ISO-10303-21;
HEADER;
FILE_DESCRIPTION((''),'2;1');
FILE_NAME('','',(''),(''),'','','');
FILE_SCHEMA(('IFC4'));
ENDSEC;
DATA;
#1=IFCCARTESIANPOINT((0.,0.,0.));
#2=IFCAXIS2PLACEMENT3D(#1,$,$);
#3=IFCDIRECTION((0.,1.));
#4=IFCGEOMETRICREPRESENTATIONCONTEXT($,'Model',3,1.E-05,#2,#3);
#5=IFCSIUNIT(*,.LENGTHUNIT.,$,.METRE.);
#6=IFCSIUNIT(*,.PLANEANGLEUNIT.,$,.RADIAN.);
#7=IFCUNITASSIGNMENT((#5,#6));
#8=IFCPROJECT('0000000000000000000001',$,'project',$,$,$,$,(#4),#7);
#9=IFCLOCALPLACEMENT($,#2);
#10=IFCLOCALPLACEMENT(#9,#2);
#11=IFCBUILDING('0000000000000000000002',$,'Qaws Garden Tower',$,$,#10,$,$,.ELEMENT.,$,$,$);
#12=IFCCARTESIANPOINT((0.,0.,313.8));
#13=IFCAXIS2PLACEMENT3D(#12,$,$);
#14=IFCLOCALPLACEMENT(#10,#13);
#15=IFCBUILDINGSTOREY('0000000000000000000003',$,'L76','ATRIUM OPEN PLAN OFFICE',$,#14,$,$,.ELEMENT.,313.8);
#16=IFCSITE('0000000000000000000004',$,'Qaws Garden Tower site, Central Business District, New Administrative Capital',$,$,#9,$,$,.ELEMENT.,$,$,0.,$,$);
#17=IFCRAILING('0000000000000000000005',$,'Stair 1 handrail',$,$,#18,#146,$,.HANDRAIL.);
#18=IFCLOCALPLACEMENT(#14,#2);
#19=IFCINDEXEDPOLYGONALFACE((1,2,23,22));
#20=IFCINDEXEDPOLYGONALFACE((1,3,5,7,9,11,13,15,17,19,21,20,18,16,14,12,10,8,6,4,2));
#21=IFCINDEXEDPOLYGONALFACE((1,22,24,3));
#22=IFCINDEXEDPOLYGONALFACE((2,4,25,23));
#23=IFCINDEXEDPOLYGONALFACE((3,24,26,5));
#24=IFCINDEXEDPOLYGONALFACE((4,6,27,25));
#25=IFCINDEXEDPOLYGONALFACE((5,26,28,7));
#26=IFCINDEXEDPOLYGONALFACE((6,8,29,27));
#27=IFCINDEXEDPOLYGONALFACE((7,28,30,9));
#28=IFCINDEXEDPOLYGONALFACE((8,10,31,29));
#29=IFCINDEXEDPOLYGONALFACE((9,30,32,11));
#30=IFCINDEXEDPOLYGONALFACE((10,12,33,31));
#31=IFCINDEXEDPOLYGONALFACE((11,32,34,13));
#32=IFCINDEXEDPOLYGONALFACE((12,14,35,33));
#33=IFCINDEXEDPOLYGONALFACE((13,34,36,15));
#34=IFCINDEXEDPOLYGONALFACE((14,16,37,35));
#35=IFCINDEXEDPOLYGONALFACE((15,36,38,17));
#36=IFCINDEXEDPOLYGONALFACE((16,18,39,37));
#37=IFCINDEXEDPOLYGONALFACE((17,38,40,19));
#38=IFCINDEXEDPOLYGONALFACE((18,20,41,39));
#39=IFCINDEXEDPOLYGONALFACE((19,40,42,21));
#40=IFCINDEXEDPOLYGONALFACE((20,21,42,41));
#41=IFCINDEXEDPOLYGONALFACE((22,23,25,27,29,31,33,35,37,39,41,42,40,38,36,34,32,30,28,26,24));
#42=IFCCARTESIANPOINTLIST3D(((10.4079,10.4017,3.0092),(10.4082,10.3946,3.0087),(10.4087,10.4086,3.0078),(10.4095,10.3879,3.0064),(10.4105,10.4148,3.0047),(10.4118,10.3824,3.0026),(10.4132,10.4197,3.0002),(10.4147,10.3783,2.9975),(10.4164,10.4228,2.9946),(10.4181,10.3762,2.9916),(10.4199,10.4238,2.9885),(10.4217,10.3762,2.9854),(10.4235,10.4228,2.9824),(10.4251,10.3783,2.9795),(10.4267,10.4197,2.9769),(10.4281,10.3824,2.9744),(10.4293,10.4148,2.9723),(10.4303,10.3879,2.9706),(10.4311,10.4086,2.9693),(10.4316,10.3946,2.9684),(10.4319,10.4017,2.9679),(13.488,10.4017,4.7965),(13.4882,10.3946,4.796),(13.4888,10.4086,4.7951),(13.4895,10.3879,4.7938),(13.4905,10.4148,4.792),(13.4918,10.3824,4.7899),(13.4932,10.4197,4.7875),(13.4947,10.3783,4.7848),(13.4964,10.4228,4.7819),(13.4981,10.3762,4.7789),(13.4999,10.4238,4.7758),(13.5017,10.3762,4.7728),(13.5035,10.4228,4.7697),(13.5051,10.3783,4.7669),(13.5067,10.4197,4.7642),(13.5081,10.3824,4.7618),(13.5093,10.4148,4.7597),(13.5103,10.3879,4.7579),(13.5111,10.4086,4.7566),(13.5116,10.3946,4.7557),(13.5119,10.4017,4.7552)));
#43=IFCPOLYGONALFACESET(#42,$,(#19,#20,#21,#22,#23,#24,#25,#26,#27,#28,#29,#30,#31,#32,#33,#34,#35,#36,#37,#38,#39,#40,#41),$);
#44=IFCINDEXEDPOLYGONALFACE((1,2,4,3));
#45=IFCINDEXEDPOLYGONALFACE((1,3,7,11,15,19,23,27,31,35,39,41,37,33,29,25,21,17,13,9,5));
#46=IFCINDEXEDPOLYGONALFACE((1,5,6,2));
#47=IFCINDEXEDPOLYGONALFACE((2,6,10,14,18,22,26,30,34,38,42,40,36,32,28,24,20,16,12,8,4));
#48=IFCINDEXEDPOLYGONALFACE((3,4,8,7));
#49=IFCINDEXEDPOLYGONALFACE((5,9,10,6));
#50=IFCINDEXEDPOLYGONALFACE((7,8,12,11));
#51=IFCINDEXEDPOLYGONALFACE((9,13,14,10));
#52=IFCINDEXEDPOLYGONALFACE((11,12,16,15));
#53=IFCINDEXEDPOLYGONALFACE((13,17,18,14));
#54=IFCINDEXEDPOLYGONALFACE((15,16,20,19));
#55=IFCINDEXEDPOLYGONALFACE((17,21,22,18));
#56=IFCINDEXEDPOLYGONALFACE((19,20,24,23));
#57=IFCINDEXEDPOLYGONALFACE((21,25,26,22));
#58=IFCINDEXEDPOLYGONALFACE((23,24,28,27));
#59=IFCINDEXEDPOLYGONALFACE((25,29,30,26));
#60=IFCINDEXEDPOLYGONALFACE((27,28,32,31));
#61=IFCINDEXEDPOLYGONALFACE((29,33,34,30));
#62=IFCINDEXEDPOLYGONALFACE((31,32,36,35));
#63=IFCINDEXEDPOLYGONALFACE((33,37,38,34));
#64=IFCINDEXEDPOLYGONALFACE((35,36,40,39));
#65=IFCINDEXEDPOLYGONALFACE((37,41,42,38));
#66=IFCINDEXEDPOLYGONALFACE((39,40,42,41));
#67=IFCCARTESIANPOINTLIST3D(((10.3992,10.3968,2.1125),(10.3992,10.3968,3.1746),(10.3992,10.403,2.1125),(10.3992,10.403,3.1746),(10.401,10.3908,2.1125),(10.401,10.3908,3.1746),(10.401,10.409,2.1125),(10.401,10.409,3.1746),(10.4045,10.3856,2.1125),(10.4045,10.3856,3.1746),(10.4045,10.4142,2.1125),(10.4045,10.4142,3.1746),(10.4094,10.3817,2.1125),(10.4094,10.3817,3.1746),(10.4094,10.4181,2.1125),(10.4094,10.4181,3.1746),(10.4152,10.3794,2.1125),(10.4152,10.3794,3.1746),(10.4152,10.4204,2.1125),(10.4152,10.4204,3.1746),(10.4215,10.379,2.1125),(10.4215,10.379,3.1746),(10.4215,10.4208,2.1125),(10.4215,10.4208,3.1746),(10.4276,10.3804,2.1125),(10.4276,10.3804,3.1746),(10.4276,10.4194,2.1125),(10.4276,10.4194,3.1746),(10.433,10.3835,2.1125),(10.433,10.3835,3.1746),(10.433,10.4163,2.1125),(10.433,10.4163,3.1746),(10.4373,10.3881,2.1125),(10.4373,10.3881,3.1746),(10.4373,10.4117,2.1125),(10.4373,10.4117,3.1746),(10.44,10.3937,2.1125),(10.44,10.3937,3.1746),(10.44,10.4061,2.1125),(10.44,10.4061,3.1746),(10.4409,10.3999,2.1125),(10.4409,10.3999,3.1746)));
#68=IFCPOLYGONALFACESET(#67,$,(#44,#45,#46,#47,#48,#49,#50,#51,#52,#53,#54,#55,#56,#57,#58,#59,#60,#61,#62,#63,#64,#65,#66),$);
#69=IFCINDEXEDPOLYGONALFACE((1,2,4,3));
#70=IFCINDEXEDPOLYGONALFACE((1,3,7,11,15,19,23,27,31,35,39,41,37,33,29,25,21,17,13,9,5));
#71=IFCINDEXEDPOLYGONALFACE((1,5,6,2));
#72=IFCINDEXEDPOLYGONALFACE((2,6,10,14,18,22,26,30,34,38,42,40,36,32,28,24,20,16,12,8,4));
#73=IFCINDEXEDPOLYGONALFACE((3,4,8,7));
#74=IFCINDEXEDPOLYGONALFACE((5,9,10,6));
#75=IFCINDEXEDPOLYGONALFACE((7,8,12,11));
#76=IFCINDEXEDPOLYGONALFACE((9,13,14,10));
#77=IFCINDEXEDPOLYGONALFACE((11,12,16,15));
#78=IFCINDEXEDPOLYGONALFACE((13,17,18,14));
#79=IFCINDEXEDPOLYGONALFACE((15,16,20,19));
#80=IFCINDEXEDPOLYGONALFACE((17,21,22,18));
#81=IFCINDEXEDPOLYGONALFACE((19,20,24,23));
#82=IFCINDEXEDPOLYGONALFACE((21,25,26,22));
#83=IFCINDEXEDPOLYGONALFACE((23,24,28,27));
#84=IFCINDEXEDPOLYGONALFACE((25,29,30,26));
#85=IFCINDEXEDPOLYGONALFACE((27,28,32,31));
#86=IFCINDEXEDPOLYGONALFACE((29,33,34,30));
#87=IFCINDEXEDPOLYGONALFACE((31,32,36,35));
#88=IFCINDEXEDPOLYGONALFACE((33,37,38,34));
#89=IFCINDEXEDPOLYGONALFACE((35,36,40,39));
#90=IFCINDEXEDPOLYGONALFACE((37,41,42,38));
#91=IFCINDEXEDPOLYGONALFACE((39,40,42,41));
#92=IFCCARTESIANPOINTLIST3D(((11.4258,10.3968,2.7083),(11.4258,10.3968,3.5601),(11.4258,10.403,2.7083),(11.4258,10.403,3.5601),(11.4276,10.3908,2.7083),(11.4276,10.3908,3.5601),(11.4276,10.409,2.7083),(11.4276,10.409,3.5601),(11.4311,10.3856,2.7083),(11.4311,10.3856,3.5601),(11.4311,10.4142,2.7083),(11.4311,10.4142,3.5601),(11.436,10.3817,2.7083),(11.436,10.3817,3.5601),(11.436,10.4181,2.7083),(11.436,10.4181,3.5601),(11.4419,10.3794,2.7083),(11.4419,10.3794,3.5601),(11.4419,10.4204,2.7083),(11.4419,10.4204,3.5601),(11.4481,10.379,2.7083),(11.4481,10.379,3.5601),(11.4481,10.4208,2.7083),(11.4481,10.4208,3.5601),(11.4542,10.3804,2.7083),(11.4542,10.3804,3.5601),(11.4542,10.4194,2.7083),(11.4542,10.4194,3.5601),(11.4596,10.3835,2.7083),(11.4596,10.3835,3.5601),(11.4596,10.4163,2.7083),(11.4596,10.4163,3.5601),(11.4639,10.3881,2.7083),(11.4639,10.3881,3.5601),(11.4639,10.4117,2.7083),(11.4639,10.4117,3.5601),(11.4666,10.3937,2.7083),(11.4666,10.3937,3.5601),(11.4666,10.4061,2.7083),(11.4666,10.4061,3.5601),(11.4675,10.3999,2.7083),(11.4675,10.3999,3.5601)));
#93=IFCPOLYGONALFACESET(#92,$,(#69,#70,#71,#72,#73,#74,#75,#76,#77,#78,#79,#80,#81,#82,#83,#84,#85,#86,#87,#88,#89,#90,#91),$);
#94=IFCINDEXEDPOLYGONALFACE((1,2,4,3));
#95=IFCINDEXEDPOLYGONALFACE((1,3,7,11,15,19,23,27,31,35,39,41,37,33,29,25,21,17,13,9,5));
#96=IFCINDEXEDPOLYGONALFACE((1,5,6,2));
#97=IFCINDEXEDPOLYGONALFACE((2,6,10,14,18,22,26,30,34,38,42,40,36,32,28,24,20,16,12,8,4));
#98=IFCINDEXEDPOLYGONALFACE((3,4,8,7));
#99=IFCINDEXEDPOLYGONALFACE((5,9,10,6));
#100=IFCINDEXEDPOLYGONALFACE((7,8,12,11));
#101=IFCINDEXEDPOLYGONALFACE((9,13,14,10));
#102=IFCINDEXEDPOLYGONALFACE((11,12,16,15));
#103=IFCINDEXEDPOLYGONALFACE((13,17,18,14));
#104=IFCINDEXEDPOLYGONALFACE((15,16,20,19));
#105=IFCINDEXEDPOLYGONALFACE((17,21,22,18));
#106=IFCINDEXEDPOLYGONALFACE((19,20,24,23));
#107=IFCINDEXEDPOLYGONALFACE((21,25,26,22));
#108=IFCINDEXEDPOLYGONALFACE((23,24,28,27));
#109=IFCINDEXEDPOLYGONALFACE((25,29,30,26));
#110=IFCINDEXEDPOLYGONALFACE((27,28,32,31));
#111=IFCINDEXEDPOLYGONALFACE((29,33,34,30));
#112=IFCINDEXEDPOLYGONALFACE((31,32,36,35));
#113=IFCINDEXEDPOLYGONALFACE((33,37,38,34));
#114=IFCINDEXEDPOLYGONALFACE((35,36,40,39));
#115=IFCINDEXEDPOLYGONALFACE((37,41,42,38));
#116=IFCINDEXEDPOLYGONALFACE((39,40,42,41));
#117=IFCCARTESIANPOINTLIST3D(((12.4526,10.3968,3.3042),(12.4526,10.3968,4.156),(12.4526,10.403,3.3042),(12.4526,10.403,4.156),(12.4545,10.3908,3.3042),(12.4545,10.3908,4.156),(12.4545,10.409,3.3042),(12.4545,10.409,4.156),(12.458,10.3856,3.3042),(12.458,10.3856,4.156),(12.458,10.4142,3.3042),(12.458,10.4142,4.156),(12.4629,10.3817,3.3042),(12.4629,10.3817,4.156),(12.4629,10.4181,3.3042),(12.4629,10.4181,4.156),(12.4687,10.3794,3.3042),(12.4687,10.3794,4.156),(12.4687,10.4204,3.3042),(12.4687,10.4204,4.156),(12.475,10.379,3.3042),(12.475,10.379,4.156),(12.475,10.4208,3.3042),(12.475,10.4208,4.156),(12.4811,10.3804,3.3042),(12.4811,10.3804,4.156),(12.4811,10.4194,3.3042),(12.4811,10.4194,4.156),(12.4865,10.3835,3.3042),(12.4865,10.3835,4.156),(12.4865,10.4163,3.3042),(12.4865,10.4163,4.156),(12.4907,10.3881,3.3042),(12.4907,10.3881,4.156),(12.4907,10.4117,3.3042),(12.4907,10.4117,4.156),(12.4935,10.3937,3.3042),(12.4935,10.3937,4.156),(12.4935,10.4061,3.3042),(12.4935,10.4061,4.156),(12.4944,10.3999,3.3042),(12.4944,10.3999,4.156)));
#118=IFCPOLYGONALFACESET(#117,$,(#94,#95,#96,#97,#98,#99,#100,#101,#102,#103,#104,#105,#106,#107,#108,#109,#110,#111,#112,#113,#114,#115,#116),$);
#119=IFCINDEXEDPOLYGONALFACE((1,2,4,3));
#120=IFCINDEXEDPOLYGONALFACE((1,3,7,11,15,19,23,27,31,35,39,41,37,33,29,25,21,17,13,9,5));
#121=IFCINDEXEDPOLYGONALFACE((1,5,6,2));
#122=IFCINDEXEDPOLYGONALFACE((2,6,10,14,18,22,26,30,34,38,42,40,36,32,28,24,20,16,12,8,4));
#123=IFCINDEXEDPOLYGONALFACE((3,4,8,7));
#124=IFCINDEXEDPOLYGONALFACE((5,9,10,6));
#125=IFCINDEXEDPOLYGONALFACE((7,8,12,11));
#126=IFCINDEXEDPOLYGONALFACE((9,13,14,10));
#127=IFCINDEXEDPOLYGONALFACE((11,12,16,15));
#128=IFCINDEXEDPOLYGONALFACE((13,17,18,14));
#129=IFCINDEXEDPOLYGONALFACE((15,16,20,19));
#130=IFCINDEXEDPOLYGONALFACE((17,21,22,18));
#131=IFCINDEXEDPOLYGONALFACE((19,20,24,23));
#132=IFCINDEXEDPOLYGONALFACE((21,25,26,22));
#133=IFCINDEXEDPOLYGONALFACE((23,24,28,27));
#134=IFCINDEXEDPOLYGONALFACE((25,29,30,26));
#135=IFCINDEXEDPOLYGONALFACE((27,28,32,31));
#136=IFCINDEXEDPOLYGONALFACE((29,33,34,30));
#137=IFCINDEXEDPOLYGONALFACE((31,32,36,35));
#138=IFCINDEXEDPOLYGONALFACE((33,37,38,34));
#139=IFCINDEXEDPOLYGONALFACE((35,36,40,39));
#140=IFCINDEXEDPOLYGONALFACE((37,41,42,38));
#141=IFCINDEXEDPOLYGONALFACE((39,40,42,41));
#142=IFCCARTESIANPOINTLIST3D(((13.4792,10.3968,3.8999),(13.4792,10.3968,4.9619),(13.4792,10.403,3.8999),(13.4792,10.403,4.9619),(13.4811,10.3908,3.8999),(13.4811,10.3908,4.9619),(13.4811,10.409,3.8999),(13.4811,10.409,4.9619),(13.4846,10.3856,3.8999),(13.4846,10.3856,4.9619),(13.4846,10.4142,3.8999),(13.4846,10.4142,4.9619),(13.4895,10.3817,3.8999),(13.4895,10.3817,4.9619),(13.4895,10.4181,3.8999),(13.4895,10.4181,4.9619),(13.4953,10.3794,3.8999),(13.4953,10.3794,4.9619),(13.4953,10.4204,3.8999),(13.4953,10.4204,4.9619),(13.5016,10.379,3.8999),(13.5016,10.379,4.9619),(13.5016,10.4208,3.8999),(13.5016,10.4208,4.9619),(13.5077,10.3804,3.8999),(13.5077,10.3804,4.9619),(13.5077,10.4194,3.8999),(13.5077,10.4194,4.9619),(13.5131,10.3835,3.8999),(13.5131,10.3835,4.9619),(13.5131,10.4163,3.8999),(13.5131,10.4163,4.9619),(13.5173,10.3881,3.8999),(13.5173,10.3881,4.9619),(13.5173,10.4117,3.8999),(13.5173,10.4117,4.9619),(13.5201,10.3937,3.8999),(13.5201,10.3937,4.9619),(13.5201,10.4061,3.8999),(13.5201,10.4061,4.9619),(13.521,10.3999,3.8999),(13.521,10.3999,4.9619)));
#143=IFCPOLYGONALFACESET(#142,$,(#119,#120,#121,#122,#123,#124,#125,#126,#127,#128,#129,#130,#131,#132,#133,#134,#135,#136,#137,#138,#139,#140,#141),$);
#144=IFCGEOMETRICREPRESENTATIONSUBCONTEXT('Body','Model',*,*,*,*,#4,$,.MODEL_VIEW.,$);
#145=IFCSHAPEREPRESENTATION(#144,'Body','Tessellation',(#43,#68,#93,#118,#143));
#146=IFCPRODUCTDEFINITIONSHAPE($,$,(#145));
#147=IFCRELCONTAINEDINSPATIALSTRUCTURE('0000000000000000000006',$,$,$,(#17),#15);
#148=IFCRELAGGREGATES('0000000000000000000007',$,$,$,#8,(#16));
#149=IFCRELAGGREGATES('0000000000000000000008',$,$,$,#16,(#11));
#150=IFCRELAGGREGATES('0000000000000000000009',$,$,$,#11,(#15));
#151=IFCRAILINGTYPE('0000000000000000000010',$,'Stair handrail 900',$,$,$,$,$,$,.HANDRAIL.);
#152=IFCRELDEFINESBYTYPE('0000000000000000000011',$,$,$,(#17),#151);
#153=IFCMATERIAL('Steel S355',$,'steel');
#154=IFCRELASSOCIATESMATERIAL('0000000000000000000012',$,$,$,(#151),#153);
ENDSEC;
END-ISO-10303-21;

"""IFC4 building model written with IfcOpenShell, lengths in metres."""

from ifc_helpers import new_model, si_unit, direction, frame, origin, origin_2d, place, context, subcontext, project, spatial, circle, extrude, material, type_object, element, save


model = new_model("IFC4")

# Units and contexts
model_context = context("Model", 3, precision=1e-05, world=origin(), true_north=direction((0.0, 1.0)))
body_context = subcontext(model_context, "Body", "Model", "MODEL_VIEW")
ifc_project = project(units=[si_unit("LENGTHUNIT", "METRE"), si_unit("PLANEANGLEUNIT", "RADIAN")], contexts=[model_context])

# Site, building, storey
site_placement = place(None, origin())
site = spatial("IfcSite", under=ifc_project, at=site_placement, Name="Qaws Garden Tower site, Central Business District, New Administrative Capital", CompositionType="ELEMENT", RefElevation=0.0)
building_placement = place(site_placement, origin())
building = spatial("IfcBuilding", under=site, at=building_placement, Name="Qaws Garden Tower", CompositionType="ELEMENT")
storey_placement = place(building_placement, frame((0.0, 0.0, 313.8)))
storey = spatial("IfcBuildingStorey", under=building, at=storey_placement, Name="L76", Description="ATRIUM OPEN PLAN OFFICE", CompositionType="ELEMENT", Elevation=313.8)

# Railing
ifc_material_1 = material(Name="Steel S355", Category="steel")
railing_type = type_object("IfcRailingType", Name="Stair handrail 900", PredefinedType="HANDRAIL", material=ifc_material_1)
railing_1_placement = place(storey_placement, frame((10.4199, 10.3999, 2.1125)))
element("IfcRailing", 1, at=railing_1_placement, inside=storey, type_object=railing_type, Name="Stair 1 handrail", PredefinedType="HANDRAIL", context=body_context, shape_type="SweptSolid", body=[
    extrude(circle(Radius=0.0239, at=origin_2d()), frame((0.0, 0.0, 0.876), z_axis=(0.86492, 0.0, 0.501909), x_axis=(0.0, 1.0, 0.0)), (0.0, 0.0, 1.0), 3.561),
    extrude(circle(Radius=0.021, at=origin_2d()), origin(), (0.0, 0.0, 1.0), 1.062),
    extrude(circle(Radius=0.021, at=origin_2d()), frame((1.0266, 0.0, 0.5957)), (0.0, 0.0, 1.0), 0.8518),
    extrude(circle(Radius=0.021, at=origin_2d()), frame((2.0535, 0.0, 1.1917)), (0.0, 0.0, 1.0), 0.8518),
    extrude(circle(Radius=0.021, at=origin_2d()), frame((3.0801, 0.0, 1.7874)), (0.0, 0.0, 1.0), 1.062),
])

save(model, "model.ifc")
